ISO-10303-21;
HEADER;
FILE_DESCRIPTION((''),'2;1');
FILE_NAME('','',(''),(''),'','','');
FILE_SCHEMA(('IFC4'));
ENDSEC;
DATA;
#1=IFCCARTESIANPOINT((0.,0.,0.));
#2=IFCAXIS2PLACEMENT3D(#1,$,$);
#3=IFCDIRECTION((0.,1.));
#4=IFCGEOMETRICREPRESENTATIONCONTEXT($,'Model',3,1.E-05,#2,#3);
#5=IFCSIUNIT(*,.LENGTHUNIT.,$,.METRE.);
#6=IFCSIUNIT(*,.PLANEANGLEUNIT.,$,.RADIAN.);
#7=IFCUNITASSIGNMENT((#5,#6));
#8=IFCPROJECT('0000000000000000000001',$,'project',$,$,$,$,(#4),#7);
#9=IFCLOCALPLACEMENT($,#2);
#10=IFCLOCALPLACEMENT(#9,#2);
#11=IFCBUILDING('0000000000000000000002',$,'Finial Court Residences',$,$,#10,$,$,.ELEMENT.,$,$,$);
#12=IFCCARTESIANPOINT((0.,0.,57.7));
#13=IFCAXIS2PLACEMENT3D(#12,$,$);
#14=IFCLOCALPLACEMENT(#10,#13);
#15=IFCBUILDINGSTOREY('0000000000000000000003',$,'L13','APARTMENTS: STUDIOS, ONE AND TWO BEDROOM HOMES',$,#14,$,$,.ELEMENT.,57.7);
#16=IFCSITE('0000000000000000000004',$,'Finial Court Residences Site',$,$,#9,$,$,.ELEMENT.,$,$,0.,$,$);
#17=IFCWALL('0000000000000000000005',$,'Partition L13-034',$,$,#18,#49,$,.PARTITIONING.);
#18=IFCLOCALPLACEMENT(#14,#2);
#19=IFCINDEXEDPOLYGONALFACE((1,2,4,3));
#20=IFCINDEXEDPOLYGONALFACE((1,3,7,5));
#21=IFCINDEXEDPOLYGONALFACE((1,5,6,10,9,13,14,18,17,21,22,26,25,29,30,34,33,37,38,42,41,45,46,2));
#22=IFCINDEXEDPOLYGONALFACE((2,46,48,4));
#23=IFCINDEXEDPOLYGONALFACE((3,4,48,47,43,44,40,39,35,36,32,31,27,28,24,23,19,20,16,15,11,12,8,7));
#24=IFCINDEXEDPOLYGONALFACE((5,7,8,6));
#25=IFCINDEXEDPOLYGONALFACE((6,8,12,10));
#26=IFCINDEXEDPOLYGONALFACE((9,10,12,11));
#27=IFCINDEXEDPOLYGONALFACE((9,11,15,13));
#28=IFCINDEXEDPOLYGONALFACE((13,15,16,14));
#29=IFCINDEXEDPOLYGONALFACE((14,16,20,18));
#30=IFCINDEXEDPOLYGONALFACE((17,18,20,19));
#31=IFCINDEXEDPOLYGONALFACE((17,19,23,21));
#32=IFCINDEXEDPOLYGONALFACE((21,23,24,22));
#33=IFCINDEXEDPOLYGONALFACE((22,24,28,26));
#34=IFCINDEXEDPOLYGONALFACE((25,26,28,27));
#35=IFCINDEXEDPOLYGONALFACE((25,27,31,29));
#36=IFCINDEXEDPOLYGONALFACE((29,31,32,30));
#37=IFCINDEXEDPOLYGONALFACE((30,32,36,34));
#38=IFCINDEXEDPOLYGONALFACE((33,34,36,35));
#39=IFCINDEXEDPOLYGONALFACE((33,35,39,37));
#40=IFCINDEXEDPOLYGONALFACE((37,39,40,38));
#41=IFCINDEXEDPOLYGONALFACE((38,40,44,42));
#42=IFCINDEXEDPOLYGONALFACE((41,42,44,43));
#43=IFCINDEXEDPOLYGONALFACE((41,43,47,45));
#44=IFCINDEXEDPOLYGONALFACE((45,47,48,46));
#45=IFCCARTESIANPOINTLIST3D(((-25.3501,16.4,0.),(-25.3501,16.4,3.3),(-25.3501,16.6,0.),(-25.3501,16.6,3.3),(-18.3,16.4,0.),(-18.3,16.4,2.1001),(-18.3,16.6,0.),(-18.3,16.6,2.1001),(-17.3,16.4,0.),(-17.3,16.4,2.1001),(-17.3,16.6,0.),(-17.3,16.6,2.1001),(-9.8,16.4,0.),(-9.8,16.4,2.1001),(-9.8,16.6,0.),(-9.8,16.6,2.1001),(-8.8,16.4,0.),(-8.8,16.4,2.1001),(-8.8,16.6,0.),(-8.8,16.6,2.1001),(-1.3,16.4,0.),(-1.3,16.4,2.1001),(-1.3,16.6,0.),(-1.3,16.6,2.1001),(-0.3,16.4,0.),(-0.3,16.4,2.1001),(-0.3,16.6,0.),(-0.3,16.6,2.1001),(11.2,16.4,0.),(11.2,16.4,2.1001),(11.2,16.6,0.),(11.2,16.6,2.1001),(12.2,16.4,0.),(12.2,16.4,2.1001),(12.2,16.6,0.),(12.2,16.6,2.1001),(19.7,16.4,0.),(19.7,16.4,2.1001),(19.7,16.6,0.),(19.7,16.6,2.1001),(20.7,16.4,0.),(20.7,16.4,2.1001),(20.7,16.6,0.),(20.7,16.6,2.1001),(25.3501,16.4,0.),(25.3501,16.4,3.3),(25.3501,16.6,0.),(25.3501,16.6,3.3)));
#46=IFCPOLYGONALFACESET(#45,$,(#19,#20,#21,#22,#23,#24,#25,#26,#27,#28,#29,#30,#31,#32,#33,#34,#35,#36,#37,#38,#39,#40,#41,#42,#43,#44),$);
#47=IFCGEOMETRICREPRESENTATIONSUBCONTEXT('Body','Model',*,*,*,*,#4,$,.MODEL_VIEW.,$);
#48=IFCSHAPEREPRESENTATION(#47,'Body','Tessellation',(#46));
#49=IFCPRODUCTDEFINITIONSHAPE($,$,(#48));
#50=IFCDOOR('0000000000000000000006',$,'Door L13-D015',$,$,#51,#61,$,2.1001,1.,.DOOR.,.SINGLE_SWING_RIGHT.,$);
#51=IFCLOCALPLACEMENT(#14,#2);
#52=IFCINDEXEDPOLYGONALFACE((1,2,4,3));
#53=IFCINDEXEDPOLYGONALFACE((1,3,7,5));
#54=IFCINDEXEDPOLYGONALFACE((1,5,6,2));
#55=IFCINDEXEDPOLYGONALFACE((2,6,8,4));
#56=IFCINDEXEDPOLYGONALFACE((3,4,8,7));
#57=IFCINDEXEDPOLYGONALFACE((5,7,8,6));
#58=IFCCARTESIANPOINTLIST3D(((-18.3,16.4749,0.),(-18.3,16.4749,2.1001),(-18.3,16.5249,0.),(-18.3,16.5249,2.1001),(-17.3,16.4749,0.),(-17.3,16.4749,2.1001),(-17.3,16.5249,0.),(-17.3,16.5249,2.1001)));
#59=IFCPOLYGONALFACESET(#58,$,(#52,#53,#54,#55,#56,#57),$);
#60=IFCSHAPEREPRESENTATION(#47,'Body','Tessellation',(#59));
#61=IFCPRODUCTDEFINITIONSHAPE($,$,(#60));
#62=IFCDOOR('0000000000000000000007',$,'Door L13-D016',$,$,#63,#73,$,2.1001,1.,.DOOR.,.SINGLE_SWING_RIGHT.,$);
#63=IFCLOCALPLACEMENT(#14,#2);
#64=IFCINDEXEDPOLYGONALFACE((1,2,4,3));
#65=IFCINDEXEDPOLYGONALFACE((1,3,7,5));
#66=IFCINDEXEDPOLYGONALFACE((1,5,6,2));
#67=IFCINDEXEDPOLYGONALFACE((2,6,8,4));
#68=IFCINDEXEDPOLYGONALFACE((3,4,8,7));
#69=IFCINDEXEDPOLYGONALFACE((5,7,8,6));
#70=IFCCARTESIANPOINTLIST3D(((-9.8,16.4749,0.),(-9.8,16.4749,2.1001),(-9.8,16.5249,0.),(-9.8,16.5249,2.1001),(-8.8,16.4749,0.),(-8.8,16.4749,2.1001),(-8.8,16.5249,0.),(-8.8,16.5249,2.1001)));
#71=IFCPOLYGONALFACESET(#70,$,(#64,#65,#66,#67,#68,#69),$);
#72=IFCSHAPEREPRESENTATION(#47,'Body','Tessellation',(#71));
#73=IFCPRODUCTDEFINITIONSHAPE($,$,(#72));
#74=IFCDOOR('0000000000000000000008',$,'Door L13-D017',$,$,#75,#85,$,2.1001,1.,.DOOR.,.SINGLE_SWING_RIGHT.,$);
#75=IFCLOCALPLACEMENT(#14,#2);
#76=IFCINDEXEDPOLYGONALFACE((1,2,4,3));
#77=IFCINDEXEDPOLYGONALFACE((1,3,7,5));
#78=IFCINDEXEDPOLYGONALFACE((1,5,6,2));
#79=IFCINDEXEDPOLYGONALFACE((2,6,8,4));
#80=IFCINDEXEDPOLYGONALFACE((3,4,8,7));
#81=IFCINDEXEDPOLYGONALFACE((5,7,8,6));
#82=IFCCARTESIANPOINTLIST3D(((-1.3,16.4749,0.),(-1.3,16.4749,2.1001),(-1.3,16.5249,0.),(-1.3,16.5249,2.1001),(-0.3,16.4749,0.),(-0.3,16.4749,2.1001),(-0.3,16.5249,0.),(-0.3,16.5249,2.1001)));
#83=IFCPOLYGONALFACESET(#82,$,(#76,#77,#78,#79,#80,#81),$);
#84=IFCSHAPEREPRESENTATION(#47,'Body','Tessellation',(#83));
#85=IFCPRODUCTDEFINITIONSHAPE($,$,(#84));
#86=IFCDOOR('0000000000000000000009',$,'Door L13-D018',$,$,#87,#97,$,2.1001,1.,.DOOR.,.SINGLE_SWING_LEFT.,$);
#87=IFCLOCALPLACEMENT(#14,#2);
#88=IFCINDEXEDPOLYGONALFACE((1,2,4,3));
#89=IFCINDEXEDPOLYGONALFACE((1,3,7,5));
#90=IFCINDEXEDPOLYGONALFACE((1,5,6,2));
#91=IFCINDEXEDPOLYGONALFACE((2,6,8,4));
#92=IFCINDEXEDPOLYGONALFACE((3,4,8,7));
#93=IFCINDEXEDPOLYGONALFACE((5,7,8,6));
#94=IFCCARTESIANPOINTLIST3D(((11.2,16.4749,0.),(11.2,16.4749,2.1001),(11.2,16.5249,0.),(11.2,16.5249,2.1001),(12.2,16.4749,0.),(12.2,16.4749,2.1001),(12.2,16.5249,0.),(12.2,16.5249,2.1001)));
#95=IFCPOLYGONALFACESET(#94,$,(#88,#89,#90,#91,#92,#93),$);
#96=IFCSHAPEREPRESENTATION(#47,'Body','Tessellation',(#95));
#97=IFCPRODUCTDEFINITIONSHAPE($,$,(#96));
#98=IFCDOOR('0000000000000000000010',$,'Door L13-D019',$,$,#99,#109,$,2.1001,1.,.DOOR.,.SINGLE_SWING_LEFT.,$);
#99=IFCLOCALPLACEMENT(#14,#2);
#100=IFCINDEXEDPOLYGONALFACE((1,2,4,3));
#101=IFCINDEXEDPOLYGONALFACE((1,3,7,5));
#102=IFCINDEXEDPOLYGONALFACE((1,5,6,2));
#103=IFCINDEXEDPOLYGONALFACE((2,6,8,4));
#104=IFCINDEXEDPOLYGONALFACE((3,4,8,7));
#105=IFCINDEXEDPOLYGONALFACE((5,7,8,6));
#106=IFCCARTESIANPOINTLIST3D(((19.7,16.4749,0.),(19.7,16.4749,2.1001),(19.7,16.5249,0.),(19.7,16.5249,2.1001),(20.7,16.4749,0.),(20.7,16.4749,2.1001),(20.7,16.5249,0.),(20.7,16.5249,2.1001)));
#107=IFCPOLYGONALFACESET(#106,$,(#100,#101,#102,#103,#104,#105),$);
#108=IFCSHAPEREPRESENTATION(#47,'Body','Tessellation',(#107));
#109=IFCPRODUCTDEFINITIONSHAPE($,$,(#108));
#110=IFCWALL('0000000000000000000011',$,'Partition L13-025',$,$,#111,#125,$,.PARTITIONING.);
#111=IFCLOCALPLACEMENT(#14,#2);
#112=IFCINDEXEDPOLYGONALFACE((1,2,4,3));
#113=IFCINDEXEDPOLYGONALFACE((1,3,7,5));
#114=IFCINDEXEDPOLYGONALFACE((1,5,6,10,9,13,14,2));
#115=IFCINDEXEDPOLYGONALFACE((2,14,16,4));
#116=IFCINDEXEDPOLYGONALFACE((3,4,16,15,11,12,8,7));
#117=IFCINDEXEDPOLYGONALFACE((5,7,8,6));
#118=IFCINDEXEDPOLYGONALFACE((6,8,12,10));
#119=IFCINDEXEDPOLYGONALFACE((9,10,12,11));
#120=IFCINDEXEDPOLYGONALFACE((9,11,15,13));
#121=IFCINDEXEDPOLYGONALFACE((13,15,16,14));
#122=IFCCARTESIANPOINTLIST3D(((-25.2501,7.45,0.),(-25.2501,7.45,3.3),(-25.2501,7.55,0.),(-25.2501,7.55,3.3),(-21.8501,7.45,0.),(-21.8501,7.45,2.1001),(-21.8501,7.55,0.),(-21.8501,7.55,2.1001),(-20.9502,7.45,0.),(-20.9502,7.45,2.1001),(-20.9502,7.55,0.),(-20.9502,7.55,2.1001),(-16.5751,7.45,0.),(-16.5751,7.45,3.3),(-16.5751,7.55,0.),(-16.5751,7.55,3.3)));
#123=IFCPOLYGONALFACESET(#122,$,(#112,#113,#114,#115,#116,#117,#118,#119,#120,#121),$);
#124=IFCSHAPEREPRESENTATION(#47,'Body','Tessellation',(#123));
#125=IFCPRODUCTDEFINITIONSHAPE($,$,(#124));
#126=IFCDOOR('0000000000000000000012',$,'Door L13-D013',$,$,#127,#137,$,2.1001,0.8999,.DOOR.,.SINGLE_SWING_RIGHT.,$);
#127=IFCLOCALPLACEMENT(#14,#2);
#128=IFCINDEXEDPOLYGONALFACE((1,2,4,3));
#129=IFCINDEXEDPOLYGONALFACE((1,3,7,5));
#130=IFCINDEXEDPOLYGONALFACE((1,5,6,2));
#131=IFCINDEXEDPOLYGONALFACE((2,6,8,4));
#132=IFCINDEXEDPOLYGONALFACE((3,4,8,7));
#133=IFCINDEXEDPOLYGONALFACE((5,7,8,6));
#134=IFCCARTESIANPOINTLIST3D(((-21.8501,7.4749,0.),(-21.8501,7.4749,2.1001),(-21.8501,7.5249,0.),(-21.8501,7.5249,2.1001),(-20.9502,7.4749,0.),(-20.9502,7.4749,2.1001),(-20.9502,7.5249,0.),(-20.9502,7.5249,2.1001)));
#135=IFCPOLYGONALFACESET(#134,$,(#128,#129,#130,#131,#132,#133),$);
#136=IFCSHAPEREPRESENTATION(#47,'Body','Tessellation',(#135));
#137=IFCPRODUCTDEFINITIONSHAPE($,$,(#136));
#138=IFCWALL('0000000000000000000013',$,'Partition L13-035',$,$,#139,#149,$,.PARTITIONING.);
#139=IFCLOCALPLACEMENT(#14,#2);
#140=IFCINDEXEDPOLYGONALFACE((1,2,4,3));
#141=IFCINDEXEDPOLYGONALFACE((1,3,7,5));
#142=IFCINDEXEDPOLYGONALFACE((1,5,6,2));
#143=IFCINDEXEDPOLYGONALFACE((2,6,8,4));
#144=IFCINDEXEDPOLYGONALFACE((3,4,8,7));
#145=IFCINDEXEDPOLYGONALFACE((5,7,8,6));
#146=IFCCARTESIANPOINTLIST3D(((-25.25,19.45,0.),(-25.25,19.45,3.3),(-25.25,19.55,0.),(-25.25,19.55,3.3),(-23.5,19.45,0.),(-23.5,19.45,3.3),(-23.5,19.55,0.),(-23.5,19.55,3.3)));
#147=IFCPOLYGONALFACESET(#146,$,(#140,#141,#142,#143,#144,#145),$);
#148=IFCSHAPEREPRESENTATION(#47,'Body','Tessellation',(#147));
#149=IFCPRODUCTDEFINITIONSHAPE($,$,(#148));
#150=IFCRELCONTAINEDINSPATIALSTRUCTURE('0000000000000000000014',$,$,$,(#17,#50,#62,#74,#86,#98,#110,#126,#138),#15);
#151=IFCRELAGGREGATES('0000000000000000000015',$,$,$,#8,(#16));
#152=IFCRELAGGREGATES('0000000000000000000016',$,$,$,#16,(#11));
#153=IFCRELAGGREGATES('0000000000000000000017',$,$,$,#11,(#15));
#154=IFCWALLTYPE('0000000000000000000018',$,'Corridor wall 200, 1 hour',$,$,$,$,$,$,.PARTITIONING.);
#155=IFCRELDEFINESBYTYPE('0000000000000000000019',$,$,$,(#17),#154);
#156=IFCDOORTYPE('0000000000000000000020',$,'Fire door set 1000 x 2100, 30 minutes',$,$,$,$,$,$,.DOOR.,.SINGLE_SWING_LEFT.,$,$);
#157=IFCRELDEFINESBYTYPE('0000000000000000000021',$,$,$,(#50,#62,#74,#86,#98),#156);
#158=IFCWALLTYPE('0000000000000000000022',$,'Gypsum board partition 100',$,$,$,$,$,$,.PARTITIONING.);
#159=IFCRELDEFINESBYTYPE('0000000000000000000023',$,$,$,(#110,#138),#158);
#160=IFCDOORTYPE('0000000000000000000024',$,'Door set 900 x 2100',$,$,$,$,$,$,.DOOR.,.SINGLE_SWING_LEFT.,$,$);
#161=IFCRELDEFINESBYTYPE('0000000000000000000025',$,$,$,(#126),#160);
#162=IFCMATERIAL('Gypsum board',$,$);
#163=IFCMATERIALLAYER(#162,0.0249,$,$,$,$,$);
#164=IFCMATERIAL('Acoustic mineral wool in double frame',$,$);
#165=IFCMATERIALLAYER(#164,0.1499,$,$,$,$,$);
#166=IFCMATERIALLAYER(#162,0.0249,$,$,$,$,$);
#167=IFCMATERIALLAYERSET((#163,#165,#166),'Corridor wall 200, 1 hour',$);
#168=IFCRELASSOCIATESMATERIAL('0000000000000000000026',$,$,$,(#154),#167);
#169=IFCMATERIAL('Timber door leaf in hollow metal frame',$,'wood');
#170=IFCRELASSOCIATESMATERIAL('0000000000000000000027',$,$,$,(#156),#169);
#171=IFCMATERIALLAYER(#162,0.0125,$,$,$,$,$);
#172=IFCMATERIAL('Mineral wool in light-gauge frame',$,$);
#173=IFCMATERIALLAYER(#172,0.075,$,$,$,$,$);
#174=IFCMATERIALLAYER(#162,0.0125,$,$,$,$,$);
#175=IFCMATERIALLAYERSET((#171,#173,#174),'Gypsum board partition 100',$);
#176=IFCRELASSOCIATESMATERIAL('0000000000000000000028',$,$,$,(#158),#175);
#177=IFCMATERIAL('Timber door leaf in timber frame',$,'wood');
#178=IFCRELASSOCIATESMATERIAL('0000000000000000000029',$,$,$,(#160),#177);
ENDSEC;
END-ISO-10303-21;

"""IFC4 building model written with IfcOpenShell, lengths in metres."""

from ifc_helpers import new_model, si_unit, direction, frame, frame_2d, origin, place, context, subcontext, project, spatial, rectangle, extrude, material, layer, layer_set, type_object, element, fill, save


model = new_model("IFC4")

# Units and contexts
model_context = context("Model", 3, precision=1e-05, world=origin(), true_north=direction((0.0, 1.0)))
body_context = subcontext(model_context, "Body", "Model", "MODEL_VIEW")
ifc_project = project(units=[si_unit("LENGTHUNIT", "METRE"), si_unit("PLANEANGLEUNIT", "RADIAN")], contexts=[model_context])

# Site, building, storey
site_placement = place(None, origin())
site = spatial("IfcSite", under=ifc_project, at=site_placement, Name="Finial Court Residences Site", CompositionType="ELEMENT", RefElevation=0.0)
building_placement = place(site_placement, origin())
building = spatial("IfcBuilding", under=site, at=building_placement, Name="Finial Court Residences", CompositionType="ELEMENT")
storey_placement = place(building_placement, frame((0.0, 0.0, 57.7)))
storey = spatial("IfcBuildingStorey", under=building, at=storey_placement, Name="L13", Description="APARTMENTS: STUDIOS, ONE AND TWO BEDROOM HOMES", CompositionType="ELEMENT", Elevation=57.7)

# Shared definitions
ifc_material_1 = material(Name="Gypsum board")
ifc_layer_1 = layer(ifc_material_1, 0.0249)
ifc_material_2 = material(Name="Acoustic mineral wool in double frame")
ifc_layer_2 = layer(ifc_material_2, 0.1499)
ifc_layer_3 = layer(ifc_material_1, 0.0249)
ifc_layer_set_1 = layer_set([ifc_layer_1, ifc_layer_2, ifc_layer_3], Name="Corridor wall 200, 1 hour")
wall_type_1 = type_object("IfcWallType", Name="Corridor wall 200, 1 hour", PredefinedType="PARTITIONING", material=ifc_layer_set_1)

# Wall, openings, doors
wall_1_placement = place(storey_placement, frame((-25.3501, 16.5, 0.0), z_axis=(0.0, 0.0, 1.0), x_axis=(1.0, 0.0, 0.0)))
wall_1 = element("IfcWall", 1, at=wall_1_placement, inside=storey, type_object=wall_type_1, Name="Partition L13-034", PredefinedType="PARTITIONING", context=body_context, shape_type="SweptSolid", body=[
    extrude(rectangle(XDim=50.7002, YDim=0.2, at=frame_2d((25.3501, 0.0))), origin(), (0.0, 0.0, 1.0), 3.3),
])
opening_1_placement = place(wall_1_placement, frame((7.05, 0.0, 0.0)))
opening_1 = element("IfcOpeningElement", 2, at=opening_1_placement, cuts=wall_1, PredefinedType="OPENING", context=body_context, shape_type="SweptSolid", body=[
    extrude(rectangle(XDim=1.0, YDim=2.1001, at=frame_2d((0.5, 1.05))), frame((0.0, 0.1099, 0.0), z_axis=(0.0, -1.0, 0.0), x_axis=(1.0, 0.0, 0.0)), (0.0, 0.0, 1.0), 0.22),
])
opening_2_placement = place(wall_1_placement, frame((15.55, 0.0, 0.0)))
opening_2 = element("IfcOpeningElement", 3, at=opening_2_placement, cuts=wall_1, PredefinedType="OPENING", context=body_context, shape_type="SweptSolid", body=[
    extrude(rectangle(XDim=1.0, YDim=2.1001, at=frame_2d((0.5, 1.05))), frame((0.0, 0.1099, 0.0), z_axis=(0.0, -1.0, 0.0), x_axis=(1.0, 0.0, 0.0)), (0.0, 0.0, 1.0), 0.22),
])
opening_3_placement = place(wall_1_placement, frame((24.05, 0.0, 0.0)))
opening_3 = element("IfcOpeningElement", 4, at=opening_3_placement, cuts=wall_1, PredefinedType="OPENING", context=body_context, shape_type="SweptSolid", body=[
    extrude(rectangle(XDim=1.0, YDim=2.1001, at=frame_2d((0.5, 1.05))), frame((0.0, 0.1099, 0.0), z_axis=(0.0, -1.0, 0.0), x_axis=(1.0, 0.0, 0.0)), (0.0, 0.0, 1.0), 0.22),
])
opening_4_placement = place(wall_1_placement, frame((36.55, 0.0, 0.0)))
opening_4 = element("IfcOpeningElement", 5, at=opening_4_placement, cuts=wall_1, PredefinedType="OPENING", context=body_context, shape_type="SweptSolid", body=[
    extrude(rectangle(XDim=1.0, YDim=2.1001, at=frame_2d((0.5, 1.05))), frame((0.0, 0.1099, 0.0), z_axis=(0.0, -1.0, 0.0), x_axis=(1.0, 0.0, 0.0)), (0.0, 0.0, 1.0), 0.22),
])
opening_5_placement = place(wall_1_placement, frame((45.05, 0.0, 0.0)))
opening_5 = element("IfcOpeningElement", 6, at=opening_5_placement, cuts=wall_1, PredefinedType="OPENING", context=body_context, shape_type="SweptSolid", body=[
    extrude(rectangle(XDim=1.0, YDim=2.1001, at=frame_2d((0.5, 1.05))), frame((0.0, 0.1099, 0.0), z_axis=(0.0, -1.0, 0.0), x_axis=(1.0, 0.0, 0.0)), (0.0, 0.0, 1.0), 0.22),
])
ifc_material_3 = material(Name="Timber door leaf in hollow metal frame", Category="wood")
door_type_1 = type_object("IfcDoorType", Name="Fire door set 1000 x 2100, 30 minutes", OperationType="SINGLE_SWING_LEFT", PredefinedType="DOOR", material=ifc_material_3)
door_1_placement = place(opening_1_placement, origin())
door_1 = element("IfcDoor", 7, at=door_1_placement, inside=storey, type_object=door_type_1, Name="Door L13-D015", OperationType="SINGLE_SWING_RIGHT", OverallHeight=2.1001, OverallWidth=1.0, PredefinedType="DOOR", context=body_context, shape_type="SweptSolid", body=[
    extrude(rectangle(XDim=1.0, YDim=2.1001, at=frame_2d((0.5, 1.05))), frame((0.0, 0.0249, 0.0), z_axis=(0.0, -1.0, 0.0), x_axis=(1.0, 0.0, 0.0)), (0.0, 0.0, 1.0), 0.05),
])
fill(opening_1, door_1)
door_2_placement = place(opening_2_placement, origin())
door_2 = element("IfcDoor", 8, at=door_2_placement, inside=storey, type_object=door_type_1, Name="Door L13-D016", OperationType="SINGLE_SWING_RIGHT", OverallHeight=2.1001, OverallWidth=1.0, PredefinedType="DOOR", context=body_context, shape_type="SweptSolid", body=[
    extrude(rectangle(XDim=1.0, YDim=2.1001, at=frame_2d((0.5, 1.05))), frame((0.0, 0.0249, 0.0), z_axis=(0.0, -1.0, 0.0), x_axis=(1.0, 0.0, 0.0)), (0.0, 0.0, 1.0), 0.05),
])
fill(opening_2, door_2)
door_3_placement = place(opening_3_placement, origin())
door_3 = element("IfcDoor", 9, at=door_3_placement, inside=storey, type_object=door_type_1, Name="Door L13-D017", OperationType="SINGLE_SWING_RIGHT", OverallHeight=2.1001, OverallWidth=1.0, PredefinedType="DOOR", context=body_context, shape_type="SweptSolid", body=[
    extrude(rectangle(XDim=1.0, YDim=2.1001, at=frame_2d((0.5, 1.05))), frame((0.0, 0.0249, 0.0), z_axis=(0.0, -1.0, 0.0), x_axis=(1.0, 0.0, 0.0)), (0.0, 0.0, 1.0), 0.05),
])
fill(opening_3, door_3)
door_4_placement = place(opening_4_placement, origin())
door_4 = element("IfcDoor", 10, at=door_4_placement, inside=storey, type_object=door_type_1, Name="Door L13-D018", OperationType="SINGLE_SWING_LEFT", OverallHeight=2.1001, OverallWidth=1.0, PredefinedType="DOOR", context=body_context, shape_type="SweptSolid", body=[
    extrude(rectangle(XDim=1.0, YDim=2.1001, at=frame_2d((0.5, 1.05))), frame((0.0, 0.0249, 0.0), z_axis=(0.0, -1.0, 0.0), x_axis=(1.0, 0.0, 0.0)), (0.0, 0.0, 1.0), 0.05),
])
fill(opening_4, door_4)
door_5_placement = place(opening_5_placement, origin())
door_5 = element("IfcDoor", 11, at=door_5_placement, inside=storey, type_object=door_type_1, Name="Door L13-D019", OperationType="SINGLE_SWING_LEFT", OverallHeight=2.1001, OverallWidth=1.0, PredefinedType="DOOR", context=body_context, shape_type="SweptSolid", body=[
    extrude(rectangle(XDim=1.0, YDim=2.1001, at=frame_2d((0.5, 1.05))), frame((0.0, 0.0249, 0.0), z_axis=(0.0, -1.0, 0.0), x_axis=(1.0, 0.0, 0.0)), (0.0, 0.0, 1.0), 0.05),
])
fill(opening_5, door_5)

# Wall, opening, door
ifc_layer_4 = layer(ifc_material_1, 0.0125)
ifc_material_4 = material(Name="Mineral wool in light-gauge frame")
ifc_layer_5 = layer(ifc_material_4, 0.075)
ifc_layer_6 = layer(ifc_material_1, 0.0125)
ifc_layer_set_2 = layer_set([ifc_layer_4, ifc_layer_5, ifc_layer_6], Name="Gypsum board partition 100")
wall_type_2 = type_object("IfcWallType", Name="Gypsum board partition 100", PredefinedType="PARTITIONING", material=ifc_layer_set_2)
wall_2_placement = place(storey_placement, frame((-25.25, 7.5, 0.0), z_axis=(0.0, 0.0, 1.0), x_axis=(1.0, 0.0, 0.0)))
wall_2 = element("IfcWall", 12, at=wall_2_placement, inside=storey, type_object=wall_type_2, Name="Partition L13-025", PredefinedType="PARTITIONING", context=body_context, shape_type="SweptSolid", body=[
    extrude(rectangle(XDim=8.675, YDim=0.1001, at=frame_2d((4.3374, 0.0))), origin(), (0.0, 0.0, 1.0), 3.3),
])
opening_6_placement = place(wall_2_placement, frame((3.3999, 0.0, 0.0)))
opening_6 = element("IfcOpeningElement", 13, at=opening_6_placement, cuts=wall_2, PredefinedType="OPENING", context=body_context, shape_type="SweptSolid", body=[
    extrude(rectangle(XDim=0.8999, YDim=2.1001, at=frame_2d((0.45, 1.05))), frame((0.0, 0.0601, 0.0), z_axis=(0.0, -1.0, 0.0), x_axis=(1.0, 0.0, 0.0)), (0.0, 0.0, 1.0), 0.1201),
])
ifc_material_5 = material(Name="Timber door leaf in timber frame", Category="wood")
door_type_2 = type_object("IfcDoorType", Name="Door set 900 x 2100", OperationType="SINGLE_SWING_LEFT", PredefinedType="DOOR", material=ifc_material_5)
door_6_placement = place(opening_6_placement, origin())
door_6 = element("IfcDoor", 14, at=door_6_placement, inside=storey, type_object=door_type_2, Name="Door L13-D013", OperationType="SINGLE_SWING_RIGHT", OverallHeight=2.1001, OverallWidth=0.8999, PredefinedType="DOOR", context=body_context, shape_type="SweptSolid", body=[
    extrude(rectangle(XDim=0.8999, YDim=2.1001, at=frame_2d((0.45, 1.05))), frame((0.0, 0.0249, 0.0), z_axis=(0.0, -1.0, 0.0), x_axis=(1.0, 0.0, 0.0)), (0.0, 0.0, 1.0), 0.05),
])
fill(opening_6, door_6)

# Wall
wall_3_placement = place(storey_placement, frame((-25.25, 19.5, 0.0), z_axis=(0.0, 0.0, 1.0), x_axis=(1.0, 0.0, 0.0)))
element("IfcWall", 15, at=wall_3_placement, inside=storey, type_object=wall_type_2, Name="Partition L13-035", PredefinedType="PARTITIONING", context=body_context, shape_type="SweptSolid", body=[
    extrude(rectangle(XDim=1.75, YDim=0.1001, at=frame_2d((0.875, 0.0))), origin(), (0.0, 0.0, 1.0), 3.3),
])

save(model, "model.ifc")
